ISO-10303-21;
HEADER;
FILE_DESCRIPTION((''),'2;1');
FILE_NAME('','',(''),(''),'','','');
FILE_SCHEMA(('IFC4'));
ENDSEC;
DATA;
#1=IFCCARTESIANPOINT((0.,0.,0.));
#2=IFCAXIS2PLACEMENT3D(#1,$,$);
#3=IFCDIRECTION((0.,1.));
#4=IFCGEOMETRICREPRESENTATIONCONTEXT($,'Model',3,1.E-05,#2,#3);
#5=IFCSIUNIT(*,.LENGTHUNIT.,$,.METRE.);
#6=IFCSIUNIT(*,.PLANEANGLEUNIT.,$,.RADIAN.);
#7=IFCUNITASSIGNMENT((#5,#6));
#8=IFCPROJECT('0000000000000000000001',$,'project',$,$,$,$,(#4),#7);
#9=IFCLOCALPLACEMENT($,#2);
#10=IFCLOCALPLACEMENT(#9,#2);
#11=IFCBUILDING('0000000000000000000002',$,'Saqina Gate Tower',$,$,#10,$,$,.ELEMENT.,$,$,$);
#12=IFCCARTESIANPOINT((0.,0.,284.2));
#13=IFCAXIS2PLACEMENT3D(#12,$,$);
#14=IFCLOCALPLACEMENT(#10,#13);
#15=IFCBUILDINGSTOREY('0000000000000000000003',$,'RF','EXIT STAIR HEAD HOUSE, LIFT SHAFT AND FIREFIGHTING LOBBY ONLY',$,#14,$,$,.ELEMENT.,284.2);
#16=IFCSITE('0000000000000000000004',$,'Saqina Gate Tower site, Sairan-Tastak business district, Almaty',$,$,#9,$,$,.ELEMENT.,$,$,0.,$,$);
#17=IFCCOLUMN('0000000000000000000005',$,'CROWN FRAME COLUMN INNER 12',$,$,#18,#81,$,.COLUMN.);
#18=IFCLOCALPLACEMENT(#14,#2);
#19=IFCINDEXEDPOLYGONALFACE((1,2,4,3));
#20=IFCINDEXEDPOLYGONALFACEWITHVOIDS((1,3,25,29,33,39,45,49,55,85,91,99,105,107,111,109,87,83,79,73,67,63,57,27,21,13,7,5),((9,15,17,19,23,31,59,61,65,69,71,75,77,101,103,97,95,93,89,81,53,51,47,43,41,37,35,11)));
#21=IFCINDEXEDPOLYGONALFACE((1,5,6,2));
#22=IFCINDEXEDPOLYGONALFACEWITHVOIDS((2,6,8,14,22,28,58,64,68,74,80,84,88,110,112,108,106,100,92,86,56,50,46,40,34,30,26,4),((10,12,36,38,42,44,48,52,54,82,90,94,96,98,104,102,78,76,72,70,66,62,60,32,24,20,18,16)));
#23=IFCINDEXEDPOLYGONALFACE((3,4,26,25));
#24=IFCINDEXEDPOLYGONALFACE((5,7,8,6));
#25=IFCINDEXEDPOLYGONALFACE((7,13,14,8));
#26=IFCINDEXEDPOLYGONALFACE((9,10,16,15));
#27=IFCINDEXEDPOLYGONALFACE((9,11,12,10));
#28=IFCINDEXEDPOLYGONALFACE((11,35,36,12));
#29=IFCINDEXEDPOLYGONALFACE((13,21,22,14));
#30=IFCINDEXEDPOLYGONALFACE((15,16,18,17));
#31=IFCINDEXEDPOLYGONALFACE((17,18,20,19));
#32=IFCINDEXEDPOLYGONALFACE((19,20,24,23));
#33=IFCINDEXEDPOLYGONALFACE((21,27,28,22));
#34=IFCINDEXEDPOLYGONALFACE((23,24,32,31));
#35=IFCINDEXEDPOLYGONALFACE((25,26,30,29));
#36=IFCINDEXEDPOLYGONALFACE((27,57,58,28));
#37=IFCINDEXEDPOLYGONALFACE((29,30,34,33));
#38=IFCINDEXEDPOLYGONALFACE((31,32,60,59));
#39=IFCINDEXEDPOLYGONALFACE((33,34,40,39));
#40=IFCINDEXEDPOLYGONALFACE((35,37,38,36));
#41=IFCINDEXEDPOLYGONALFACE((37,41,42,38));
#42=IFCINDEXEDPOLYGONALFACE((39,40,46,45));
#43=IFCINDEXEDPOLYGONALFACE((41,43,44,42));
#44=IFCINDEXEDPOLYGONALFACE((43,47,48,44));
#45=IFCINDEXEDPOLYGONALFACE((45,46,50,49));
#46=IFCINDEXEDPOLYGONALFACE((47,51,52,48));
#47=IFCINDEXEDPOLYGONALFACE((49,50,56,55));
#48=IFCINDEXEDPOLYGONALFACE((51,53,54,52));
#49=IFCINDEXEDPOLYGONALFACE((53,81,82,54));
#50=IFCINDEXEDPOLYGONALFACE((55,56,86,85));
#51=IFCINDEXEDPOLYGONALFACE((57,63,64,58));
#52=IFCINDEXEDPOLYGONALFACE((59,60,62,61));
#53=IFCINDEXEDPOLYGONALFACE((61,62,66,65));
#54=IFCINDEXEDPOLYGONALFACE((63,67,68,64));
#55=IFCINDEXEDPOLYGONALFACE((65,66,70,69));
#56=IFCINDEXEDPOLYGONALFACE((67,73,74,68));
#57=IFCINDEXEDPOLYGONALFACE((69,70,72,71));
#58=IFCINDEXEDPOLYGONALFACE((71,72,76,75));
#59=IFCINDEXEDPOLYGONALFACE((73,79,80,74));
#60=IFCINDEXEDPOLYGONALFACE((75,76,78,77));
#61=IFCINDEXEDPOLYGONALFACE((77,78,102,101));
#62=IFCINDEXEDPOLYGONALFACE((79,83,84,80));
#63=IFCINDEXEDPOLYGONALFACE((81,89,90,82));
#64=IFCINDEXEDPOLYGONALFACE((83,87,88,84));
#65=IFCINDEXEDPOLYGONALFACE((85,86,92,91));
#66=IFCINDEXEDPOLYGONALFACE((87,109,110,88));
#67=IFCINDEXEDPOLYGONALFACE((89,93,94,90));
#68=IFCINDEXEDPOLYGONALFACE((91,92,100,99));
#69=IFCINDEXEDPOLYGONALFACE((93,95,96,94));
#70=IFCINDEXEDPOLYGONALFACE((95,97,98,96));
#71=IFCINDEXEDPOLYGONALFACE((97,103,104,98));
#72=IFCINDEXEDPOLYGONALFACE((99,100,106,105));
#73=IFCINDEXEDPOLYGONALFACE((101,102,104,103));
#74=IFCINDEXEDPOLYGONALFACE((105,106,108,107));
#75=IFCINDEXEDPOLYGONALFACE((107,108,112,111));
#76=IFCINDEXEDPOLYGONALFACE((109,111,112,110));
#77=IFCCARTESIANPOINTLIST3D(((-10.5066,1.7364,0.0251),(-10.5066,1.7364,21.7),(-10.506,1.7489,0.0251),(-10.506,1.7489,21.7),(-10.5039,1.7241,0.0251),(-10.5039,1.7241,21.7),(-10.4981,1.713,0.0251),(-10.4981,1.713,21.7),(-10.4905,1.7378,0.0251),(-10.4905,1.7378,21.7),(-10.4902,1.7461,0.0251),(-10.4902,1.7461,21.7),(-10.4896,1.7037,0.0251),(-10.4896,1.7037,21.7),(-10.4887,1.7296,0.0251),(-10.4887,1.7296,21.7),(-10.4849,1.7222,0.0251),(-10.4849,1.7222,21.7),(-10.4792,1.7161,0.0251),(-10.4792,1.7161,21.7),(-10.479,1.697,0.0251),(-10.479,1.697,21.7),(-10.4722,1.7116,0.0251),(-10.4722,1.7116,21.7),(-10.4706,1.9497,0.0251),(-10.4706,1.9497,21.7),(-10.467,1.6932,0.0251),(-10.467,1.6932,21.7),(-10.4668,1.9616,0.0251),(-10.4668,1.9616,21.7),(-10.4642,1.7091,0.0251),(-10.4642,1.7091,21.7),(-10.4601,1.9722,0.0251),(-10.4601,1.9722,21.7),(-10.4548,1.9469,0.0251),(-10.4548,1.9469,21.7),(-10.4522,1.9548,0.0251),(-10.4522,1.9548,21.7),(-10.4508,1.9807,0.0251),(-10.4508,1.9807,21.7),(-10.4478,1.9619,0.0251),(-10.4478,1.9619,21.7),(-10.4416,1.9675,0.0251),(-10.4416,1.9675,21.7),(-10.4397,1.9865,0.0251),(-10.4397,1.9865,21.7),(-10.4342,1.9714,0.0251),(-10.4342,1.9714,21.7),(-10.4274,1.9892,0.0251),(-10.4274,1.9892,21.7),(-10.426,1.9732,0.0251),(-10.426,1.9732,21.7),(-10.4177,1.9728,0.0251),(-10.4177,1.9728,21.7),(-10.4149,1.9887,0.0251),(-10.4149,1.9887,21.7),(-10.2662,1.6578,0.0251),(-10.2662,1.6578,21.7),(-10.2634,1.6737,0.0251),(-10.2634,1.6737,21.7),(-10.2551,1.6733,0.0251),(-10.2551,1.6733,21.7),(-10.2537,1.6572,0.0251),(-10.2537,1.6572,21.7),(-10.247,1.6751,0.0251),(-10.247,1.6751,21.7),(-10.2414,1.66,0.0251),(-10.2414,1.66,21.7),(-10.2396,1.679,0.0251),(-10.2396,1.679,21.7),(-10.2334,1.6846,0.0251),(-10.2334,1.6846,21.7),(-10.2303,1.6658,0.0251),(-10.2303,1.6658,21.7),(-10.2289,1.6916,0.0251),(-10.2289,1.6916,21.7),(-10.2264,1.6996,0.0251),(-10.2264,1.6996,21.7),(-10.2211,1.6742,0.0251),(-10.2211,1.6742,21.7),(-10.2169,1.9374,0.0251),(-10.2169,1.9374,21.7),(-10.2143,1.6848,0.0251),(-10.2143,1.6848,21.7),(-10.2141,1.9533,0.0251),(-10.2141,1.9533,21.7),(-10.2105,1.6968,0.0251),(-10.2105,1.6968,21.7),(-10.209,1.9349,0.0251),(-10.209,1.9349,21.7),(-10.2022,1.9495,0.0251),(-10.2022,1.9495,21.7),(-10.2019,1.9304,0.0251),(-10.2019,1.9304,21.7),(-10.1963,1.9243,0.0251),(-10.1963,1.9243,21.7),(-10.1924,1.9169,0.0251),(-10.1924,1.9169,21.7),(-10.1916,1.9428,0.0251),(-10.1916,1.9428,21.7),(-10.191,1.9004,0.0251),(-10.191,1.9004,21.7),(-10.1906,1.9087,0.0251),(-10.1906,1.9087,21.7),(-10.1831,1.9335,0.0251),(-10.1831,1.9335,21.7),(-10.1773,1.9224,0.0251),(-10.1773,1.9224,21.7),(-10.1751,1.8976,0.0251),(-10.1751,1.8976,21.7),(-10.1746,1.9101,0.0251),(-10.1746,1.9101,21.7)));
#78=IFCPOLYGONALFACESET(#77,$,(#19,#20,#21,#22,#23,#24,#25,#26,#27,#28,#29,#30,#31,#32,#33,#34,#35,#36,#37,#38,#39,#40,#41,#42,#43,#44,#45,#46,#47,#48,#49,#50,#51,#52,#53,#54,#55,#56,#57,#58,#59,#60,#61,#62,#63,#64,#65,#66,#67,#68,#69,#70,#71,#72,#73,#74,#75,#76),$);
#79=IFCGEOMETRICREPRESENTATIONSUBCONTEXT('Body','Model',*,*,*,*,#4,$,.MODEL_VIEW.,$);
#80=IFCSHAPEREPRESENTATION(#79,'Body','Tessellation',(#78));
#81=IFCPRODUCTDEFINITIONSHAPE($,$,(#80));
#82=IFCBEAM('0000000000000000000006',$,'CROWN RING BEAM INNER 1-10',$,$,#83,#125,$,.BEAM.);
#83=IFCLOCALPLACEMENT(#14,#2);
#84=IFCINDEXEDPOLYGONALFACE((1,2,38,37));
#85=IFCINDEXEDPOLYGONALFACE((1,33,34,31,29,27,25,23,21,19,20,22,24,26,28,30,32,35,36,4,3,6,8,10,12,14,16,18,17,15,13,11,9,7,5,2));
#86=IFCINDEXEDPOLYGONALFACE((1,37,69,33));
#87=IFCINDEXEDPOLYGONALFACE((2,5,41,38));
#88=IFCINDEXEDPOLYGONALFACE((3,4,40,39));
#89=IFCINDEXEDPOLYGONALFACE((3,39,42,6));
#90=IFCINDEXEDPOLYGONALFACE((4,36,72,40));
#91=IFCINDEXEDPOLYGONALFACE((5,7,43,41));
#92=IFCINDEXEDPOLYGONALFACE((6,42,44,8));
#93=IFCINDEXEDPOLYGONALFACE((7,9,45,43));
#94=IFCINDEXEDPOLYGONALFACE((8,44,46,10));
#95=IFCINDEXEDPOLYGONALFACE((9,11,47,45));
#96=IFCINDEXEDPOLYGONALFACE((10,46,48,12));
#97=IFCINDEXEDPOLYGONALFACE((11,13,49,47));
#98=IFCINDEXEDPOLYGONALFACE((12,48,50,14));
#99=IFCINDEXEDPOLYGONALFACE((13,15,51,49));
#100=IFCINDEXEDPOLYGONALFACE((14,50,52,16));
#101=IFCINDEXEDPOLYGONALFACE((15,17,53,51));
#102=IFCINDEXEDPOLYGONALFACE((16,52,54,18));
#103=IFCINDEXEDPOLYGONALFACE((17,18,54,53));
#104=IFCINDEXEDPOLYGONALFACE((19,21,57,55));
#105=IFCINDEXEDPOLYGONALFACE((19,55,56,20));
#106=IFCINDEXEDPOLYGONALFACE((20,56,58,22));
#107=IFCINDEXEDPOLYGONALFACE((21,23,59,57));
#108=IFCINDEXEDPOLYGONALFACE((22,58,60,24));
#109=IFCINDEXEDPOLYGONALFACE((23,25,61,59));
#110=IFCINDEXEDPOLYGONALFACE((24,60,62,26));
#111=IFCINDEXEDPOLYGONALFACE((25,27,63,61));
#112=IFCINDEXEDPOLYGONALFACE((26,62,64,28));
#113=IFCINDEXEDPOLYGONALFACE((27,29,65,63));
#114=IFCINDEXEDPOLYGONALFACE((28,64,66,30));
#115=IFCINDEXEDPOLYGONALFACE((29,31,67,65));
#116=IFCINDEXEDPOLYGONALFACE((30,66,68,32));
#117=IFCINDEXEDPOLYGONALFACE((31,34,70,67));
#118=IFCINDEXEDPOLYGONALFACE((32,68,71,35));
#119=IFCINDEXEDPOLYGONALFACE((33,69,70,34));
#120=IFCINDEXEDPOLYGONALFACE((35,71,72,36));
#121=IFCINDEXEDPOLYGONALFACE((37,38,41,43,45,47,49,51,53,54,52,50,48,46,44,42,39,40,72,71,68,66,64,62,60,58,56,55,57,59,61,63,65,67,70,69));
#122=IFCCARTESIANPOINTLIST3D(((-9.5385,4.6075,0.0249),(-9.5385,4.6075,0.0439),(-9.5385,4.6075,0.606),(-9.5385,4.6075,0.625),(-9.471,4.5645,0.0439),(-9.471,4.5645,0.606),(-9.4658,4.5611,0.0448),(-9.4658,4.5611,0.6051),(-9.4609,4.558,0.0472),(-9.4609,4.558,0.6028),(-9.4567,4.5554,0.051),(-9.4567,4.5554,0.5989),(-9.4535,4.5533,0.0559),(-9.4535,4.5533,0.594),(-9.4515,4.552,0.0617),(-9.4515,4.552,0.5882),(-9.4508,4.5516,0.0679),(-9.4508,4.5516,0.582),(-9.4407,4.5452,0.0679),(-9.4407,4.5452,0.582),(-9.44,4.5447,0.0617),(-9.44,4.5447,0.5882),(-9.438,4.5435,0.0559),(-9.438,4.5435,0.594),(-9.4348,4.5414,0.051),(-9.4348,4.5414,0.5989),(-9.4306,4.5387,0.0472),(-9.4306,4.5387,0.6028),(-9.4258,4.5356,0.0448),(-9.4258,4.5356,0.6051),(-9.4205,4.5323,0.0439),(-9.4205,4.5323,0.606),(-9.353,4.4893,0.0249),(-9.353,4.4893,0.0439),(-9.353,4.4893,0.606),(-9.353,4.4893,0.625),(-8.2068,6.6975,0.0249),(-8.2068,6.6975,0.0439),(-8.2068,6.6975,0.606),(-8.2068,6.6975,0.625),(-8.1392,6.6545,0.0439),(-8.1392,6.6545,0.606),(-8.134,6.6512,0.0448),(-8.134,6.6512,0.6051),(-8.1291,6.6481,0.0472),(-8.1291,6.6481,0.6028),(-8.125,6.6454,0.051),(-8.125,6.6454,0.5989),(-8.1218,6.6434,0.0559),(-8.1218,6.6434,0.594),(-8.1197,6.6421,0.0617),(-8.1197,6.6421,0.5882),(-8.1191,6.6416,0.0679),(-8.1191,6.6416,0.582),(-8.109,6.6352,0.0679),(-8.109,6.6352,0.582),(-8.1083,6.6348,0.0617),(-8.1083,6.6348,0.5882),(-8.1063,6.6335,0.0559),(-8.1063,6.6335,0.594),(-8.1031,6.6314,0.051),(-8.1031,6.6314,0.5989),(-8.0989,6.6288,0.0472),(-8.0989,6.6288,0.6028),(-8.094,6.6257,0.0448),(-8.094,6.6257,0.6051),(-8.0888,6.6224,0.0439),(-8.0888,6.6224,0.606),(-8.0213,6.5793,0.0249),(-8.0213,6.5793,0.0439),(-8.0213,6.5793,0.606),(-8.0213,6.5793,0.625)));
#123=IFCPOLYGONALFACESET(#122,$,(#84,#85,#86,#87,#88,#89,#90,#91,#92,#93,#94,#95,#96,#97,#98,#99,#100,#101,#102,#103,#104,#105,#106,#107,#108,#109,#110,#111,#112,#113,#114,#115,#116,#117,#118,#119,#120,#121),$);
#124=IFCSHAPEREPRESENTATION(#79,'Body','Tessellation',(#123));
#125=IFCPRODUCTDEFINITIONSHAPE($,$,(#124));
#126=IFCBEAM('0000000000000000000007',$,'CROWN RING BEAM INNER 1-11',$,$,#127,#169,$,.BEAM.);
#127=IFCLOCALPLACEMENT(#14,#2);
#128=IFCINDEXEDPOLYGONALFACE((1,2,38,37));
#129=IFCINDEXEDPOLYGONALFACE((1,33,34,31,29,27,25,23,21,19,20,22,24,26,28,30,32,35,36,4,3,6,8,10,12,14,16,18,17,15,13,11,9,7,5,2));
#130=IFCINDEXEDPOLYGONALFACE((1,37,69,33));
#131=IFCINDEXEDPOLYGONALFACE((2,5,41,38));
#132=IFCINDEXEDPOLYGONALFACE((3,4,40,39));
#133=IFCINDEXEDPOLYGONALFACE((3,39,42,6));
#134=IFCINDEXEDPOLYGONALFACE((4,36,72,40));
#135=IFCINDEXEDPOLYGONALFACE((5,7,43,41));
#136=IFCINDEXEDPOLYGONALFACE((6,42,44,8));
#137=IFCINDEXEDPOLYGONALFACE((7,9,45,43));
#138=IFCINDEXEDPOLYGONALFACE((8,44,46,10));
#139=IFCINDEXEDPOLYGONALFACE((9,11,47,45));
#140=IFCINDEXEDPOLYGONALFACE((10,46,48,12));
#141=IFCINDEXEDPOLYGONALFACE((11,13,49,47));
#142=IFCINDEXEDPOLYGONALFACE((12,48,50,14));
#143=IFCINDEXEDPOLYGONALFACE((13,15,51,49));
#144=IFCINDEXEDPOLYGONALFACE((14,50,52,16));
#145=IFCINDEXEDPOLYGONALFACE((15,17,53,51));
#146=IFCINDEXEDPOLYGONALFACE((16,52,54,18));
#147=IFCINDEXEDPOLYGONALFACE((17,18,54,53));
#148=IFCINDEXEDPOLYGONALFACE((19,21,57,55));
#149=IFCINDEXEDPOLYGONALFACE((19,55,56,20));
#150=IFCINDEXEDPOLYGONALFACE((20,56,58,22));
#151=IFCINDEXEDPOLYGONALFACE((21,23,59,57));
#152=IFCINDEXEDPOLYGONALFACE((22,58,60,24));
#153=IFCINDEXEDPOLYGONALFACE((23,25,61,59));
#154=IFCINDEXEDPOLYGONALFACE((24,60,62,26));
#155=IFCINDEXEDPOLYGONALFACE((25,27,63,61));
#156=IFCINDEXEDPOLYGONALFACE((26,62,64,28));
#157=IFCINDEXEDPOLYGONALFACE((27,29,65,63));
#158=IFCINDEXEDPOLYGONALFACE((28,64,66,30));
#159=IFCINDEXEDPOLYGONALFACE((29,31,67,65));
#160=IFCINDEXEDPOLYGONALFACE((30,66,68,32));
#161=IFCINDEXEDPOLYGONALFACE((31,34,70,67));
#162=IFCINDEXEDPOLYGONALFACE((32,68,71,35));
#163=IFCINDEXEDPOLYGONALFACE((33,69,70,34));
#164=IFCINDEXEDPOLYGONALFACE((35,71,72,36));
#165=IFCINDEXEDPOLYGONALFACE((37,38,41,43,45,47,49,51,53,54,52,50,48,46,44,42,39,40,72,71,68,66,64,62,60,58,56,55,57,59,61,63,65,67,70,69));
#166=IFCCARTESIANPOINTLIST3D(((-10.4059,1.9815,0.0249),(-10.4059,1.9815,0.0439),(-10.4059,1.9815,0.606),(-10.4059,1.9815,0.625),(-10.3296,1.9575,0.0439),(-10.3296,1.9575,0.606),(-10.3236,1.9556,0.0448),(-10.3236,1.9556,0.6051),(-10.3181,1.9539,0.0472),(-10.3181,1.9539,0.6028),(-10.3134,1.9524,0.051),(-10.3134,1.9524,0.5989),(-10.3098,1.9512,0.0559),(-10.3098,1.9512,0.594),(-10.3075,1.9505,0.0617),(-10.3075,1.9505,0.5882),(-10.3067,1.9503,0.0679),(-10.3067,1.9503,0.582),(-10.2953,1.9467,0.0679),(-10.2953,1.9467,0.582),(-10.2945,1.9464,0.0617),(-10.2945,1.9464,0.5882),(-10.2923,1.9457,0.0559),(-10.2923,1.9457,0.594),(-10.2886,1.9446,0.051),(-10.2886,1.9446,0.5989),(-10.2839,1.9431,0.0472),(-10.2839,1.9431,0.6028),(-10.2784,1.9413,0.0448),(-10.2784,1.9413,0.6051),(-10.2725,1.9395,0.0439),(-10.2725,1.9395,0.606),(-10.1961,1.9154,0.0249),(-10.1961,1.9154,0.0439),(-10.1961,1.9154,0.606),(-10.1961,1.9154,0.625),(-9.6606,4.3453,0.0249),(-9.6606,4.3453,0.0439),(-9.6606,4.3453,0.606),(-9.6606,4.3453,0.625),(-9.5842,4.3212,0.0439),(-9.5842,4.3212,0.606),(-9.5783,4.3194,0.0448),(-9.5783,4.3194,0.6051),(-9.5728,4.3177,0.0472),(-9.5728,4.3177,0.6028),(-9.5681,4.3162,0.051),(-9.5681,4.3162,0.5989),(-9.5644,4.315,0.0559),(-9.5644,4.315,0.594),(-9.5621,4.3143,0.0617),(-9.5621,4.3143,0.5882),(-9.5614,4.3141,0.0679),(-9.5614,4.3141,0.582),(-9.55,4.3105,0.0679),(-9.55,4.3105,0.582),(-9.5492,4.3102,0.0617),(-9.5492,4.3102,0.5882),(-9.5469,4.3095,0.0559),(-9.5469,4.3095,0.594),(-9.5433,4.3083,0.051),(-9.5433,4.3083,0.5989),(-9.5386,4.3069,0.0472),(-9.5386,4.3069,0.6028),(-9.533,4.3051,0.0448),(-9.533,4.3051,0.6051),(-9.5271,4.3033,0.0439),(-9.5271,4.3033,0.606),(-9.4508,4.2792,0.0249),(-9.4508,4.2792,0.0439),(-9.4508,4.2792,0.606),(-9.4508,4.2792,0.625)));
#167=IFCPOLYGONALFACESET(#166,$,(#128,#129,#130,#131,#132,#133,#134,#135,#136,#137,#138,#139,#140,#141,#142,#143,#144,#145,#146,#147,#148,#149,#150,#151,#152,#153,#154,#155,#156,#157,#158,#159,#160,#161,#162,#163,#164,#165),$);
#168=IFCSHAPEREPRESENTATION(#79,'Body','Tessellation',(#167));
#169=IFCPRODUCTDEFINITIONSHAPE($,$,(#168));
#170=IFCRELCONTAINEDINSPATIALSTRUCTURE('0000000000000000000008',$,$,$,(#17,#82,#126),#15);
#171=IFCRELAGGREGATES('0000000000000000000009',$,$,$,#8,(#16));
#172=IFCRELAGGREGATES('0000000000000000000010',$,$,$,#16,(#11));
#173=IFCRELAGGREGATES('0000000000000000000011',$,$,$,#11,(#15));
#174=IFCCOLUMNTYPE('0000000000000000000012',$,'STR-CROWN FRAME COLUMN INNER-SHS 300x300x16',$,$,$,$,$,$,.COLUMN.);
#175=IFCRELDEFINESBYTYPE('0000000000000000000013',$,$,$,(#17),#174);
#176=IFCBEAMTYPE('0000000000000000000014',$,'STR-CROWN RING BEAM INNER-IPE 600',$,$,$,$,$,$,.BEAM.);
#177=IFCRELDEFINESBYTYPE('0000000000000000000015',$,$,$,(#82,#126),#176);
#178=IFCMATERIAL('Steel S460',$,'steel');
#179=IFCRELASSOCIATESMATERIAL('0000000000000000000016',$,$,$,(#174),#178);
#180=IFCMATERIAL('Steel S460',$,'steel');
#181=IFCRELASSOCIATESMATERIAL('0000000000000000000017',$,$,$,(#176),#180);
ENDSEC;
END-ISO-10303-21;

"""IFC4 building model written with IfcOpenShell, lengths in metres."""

from ifc_helpers import new_model, si_unit, direction, frame, origin, origin_2d, place, context, subcontext, project, spatial, hollow_rectangle, i_section, extrude, material, material_profile, profile_set, type_object, element, save


model = new_model("IFC4")

# Units and contexts
model_context = context("Model", 3, precision=1e-05, world=origin(), true_north=direction((0.0, 1.0)))
body_context = subcontext(model_context, "Body", "Model", "MODEL_VIEW")
ifc_project = project(units=[si_unit("LENGTHUNIT", "METRE"), si_unit("PLANEANGLEUNIT", "RADIAN")], contexts=[model_context])

# Site, building, storey
site_placement = place(None, origin())
site = spatial("IfcSite", under=ifc_project, at=site_placement, Name="Saqina Gate Tower site, Sairan-Tastak business district, Almaty", CompositionType="ELEMENT", RefElevation=0.0)
building_placement = place(site_placement, origin())
building = spatial("IfcBuilding", under=site, at=building_placement, Name="Saqina Gate Tower", CompositionType="ELEMENT")
storey_placement = place(building_placement, frame((0.0, 0.0, 284.2)))
storey = spatial("IfcBuildingStorey", under=building, at=storey_placement, Name="RF", Description="EXIT STAIR HEAD HOUSE, LIFT SHAFT AND FIREFIGHTING LOBBY ONLY", CompositionType="ELEMENT", Elevation=284.2)

# Column
ifc_material_1 = material(Name="Steel S460", Category="steel")
ifc_material_profile_1 = material_profile(ifc_material_1, hollow_rectangle(XDim=0.3, YDim=0.3, WallThickness=0.0161, InnerFilletRadius=0.032, OuterFilletRadius=0.0481, at=origin_2d()), Name="SHS 300x300x16")
ifc_profile_set_1 = profile_set([ifc_material_profile_1], Name="Steel S460")
column_type = type_object("IfcColumnType", Name="STR-CROWN FRAME COLUMN INNER-SHS 300x300x16", PredefinedType="COLUMN", material=ifc_profile_set_1)
for number, where, z_axis, x_axis, name in (
    (1, (-10.3406, 1.8232, 0.0251), (0.0, 0.0, 1.0), (-0.984808, 0.173648, 0.0), "CROWN FRAME COLUMN INNER 12"),
):
    element("IfcColumn", number, at=place(storey_placement, frame(where, z_axis=z_axis, x_axis=x_axis)), inside=storey, type_object=column_type, Name=name, PredefinedType="COLUMN", context=body_context, shape_type="SweptSolid", body=[
        extrude(hollow_rectangle(XDim=0.3, YDim=0.3, WallThickness=0.0161, InnerFilletRadius=0.032, OuterFilletRadius=0.0481, at=origin_2d()), origin(), (0.0, 0.0, 1.0), 21.6748),
    ])

# Beams
ifc_material_2 = material(Name="Steel S460", Category="steel")
ifc_material_profile_2 = material_profile(ifc_material_2, i_section(OverallWidth=0.22, OverallDepth=0.6001, WebThickness=0.012, FlangeThickness=0.019, FilletRadius=0.0239, at=origin_2d()), Name="IPE 600")
ifc_profile_set_2 = profile_set([ifc_material_profile_2], Name="Steel S460")
beam_type = type_object("IfcBeamType", Name="STR-CROWN RING BEAM INNER-IPE 600", PredefinedType="BEAM", material=ifc_profile_set_2)
beam_placement = place(storey_placement, frame((-8.114, 6.6384, 0.325), z_axis=(-0.537373, -0.843345, 0.0), x_axis=(0.843345, -0.537373, 0.0)))
element("IfcBeam", 2, at=beam_placement, inside=storey, type_object=beam_type, Name="CROWN RING BEAM INNER 1-10", PredefinedType="BEAM", context=body_context, shape_type="SweptSolid", body=[
    extrude(i_section(OverallWidth=0.22, OverallDepth=0.6001, WebThickness=0.012, FlangeThickness=0.019, FilletRadius=0.0239, at=origin_2d()), origin(), (0.0, 0.0, 1.0), 2.4783),
])
for number, where, z_axis, x_axis, name in (
    (3, (-9.5557, 4.3123, 0.325), (-0.300731, -0.953709, 0.0), (0.953709, -0.300731, 0.0), "CROWN RING BEAM INNER 1-11"),
):
    element("IfcBeam", number, at=place(storey_placement, frame(where, z_axis=z_axis, x_axis=x_axis)), inside=storey, type_object=beam_type, Name=name, PredefinedType="BEAM", context=body_context, shape_type="SweptSolid", body=[
        extrude(i_section(OverallWidth=0.22, OverallDepth=0.6001, WebThickness=0.012, FlangeThickness=0.019, FilletRadius=0.0239, at=origin_2d()), origin(), (0.0, 0.0, 1.0), 2.4785),
    ])

save(model, "model.ifc")
